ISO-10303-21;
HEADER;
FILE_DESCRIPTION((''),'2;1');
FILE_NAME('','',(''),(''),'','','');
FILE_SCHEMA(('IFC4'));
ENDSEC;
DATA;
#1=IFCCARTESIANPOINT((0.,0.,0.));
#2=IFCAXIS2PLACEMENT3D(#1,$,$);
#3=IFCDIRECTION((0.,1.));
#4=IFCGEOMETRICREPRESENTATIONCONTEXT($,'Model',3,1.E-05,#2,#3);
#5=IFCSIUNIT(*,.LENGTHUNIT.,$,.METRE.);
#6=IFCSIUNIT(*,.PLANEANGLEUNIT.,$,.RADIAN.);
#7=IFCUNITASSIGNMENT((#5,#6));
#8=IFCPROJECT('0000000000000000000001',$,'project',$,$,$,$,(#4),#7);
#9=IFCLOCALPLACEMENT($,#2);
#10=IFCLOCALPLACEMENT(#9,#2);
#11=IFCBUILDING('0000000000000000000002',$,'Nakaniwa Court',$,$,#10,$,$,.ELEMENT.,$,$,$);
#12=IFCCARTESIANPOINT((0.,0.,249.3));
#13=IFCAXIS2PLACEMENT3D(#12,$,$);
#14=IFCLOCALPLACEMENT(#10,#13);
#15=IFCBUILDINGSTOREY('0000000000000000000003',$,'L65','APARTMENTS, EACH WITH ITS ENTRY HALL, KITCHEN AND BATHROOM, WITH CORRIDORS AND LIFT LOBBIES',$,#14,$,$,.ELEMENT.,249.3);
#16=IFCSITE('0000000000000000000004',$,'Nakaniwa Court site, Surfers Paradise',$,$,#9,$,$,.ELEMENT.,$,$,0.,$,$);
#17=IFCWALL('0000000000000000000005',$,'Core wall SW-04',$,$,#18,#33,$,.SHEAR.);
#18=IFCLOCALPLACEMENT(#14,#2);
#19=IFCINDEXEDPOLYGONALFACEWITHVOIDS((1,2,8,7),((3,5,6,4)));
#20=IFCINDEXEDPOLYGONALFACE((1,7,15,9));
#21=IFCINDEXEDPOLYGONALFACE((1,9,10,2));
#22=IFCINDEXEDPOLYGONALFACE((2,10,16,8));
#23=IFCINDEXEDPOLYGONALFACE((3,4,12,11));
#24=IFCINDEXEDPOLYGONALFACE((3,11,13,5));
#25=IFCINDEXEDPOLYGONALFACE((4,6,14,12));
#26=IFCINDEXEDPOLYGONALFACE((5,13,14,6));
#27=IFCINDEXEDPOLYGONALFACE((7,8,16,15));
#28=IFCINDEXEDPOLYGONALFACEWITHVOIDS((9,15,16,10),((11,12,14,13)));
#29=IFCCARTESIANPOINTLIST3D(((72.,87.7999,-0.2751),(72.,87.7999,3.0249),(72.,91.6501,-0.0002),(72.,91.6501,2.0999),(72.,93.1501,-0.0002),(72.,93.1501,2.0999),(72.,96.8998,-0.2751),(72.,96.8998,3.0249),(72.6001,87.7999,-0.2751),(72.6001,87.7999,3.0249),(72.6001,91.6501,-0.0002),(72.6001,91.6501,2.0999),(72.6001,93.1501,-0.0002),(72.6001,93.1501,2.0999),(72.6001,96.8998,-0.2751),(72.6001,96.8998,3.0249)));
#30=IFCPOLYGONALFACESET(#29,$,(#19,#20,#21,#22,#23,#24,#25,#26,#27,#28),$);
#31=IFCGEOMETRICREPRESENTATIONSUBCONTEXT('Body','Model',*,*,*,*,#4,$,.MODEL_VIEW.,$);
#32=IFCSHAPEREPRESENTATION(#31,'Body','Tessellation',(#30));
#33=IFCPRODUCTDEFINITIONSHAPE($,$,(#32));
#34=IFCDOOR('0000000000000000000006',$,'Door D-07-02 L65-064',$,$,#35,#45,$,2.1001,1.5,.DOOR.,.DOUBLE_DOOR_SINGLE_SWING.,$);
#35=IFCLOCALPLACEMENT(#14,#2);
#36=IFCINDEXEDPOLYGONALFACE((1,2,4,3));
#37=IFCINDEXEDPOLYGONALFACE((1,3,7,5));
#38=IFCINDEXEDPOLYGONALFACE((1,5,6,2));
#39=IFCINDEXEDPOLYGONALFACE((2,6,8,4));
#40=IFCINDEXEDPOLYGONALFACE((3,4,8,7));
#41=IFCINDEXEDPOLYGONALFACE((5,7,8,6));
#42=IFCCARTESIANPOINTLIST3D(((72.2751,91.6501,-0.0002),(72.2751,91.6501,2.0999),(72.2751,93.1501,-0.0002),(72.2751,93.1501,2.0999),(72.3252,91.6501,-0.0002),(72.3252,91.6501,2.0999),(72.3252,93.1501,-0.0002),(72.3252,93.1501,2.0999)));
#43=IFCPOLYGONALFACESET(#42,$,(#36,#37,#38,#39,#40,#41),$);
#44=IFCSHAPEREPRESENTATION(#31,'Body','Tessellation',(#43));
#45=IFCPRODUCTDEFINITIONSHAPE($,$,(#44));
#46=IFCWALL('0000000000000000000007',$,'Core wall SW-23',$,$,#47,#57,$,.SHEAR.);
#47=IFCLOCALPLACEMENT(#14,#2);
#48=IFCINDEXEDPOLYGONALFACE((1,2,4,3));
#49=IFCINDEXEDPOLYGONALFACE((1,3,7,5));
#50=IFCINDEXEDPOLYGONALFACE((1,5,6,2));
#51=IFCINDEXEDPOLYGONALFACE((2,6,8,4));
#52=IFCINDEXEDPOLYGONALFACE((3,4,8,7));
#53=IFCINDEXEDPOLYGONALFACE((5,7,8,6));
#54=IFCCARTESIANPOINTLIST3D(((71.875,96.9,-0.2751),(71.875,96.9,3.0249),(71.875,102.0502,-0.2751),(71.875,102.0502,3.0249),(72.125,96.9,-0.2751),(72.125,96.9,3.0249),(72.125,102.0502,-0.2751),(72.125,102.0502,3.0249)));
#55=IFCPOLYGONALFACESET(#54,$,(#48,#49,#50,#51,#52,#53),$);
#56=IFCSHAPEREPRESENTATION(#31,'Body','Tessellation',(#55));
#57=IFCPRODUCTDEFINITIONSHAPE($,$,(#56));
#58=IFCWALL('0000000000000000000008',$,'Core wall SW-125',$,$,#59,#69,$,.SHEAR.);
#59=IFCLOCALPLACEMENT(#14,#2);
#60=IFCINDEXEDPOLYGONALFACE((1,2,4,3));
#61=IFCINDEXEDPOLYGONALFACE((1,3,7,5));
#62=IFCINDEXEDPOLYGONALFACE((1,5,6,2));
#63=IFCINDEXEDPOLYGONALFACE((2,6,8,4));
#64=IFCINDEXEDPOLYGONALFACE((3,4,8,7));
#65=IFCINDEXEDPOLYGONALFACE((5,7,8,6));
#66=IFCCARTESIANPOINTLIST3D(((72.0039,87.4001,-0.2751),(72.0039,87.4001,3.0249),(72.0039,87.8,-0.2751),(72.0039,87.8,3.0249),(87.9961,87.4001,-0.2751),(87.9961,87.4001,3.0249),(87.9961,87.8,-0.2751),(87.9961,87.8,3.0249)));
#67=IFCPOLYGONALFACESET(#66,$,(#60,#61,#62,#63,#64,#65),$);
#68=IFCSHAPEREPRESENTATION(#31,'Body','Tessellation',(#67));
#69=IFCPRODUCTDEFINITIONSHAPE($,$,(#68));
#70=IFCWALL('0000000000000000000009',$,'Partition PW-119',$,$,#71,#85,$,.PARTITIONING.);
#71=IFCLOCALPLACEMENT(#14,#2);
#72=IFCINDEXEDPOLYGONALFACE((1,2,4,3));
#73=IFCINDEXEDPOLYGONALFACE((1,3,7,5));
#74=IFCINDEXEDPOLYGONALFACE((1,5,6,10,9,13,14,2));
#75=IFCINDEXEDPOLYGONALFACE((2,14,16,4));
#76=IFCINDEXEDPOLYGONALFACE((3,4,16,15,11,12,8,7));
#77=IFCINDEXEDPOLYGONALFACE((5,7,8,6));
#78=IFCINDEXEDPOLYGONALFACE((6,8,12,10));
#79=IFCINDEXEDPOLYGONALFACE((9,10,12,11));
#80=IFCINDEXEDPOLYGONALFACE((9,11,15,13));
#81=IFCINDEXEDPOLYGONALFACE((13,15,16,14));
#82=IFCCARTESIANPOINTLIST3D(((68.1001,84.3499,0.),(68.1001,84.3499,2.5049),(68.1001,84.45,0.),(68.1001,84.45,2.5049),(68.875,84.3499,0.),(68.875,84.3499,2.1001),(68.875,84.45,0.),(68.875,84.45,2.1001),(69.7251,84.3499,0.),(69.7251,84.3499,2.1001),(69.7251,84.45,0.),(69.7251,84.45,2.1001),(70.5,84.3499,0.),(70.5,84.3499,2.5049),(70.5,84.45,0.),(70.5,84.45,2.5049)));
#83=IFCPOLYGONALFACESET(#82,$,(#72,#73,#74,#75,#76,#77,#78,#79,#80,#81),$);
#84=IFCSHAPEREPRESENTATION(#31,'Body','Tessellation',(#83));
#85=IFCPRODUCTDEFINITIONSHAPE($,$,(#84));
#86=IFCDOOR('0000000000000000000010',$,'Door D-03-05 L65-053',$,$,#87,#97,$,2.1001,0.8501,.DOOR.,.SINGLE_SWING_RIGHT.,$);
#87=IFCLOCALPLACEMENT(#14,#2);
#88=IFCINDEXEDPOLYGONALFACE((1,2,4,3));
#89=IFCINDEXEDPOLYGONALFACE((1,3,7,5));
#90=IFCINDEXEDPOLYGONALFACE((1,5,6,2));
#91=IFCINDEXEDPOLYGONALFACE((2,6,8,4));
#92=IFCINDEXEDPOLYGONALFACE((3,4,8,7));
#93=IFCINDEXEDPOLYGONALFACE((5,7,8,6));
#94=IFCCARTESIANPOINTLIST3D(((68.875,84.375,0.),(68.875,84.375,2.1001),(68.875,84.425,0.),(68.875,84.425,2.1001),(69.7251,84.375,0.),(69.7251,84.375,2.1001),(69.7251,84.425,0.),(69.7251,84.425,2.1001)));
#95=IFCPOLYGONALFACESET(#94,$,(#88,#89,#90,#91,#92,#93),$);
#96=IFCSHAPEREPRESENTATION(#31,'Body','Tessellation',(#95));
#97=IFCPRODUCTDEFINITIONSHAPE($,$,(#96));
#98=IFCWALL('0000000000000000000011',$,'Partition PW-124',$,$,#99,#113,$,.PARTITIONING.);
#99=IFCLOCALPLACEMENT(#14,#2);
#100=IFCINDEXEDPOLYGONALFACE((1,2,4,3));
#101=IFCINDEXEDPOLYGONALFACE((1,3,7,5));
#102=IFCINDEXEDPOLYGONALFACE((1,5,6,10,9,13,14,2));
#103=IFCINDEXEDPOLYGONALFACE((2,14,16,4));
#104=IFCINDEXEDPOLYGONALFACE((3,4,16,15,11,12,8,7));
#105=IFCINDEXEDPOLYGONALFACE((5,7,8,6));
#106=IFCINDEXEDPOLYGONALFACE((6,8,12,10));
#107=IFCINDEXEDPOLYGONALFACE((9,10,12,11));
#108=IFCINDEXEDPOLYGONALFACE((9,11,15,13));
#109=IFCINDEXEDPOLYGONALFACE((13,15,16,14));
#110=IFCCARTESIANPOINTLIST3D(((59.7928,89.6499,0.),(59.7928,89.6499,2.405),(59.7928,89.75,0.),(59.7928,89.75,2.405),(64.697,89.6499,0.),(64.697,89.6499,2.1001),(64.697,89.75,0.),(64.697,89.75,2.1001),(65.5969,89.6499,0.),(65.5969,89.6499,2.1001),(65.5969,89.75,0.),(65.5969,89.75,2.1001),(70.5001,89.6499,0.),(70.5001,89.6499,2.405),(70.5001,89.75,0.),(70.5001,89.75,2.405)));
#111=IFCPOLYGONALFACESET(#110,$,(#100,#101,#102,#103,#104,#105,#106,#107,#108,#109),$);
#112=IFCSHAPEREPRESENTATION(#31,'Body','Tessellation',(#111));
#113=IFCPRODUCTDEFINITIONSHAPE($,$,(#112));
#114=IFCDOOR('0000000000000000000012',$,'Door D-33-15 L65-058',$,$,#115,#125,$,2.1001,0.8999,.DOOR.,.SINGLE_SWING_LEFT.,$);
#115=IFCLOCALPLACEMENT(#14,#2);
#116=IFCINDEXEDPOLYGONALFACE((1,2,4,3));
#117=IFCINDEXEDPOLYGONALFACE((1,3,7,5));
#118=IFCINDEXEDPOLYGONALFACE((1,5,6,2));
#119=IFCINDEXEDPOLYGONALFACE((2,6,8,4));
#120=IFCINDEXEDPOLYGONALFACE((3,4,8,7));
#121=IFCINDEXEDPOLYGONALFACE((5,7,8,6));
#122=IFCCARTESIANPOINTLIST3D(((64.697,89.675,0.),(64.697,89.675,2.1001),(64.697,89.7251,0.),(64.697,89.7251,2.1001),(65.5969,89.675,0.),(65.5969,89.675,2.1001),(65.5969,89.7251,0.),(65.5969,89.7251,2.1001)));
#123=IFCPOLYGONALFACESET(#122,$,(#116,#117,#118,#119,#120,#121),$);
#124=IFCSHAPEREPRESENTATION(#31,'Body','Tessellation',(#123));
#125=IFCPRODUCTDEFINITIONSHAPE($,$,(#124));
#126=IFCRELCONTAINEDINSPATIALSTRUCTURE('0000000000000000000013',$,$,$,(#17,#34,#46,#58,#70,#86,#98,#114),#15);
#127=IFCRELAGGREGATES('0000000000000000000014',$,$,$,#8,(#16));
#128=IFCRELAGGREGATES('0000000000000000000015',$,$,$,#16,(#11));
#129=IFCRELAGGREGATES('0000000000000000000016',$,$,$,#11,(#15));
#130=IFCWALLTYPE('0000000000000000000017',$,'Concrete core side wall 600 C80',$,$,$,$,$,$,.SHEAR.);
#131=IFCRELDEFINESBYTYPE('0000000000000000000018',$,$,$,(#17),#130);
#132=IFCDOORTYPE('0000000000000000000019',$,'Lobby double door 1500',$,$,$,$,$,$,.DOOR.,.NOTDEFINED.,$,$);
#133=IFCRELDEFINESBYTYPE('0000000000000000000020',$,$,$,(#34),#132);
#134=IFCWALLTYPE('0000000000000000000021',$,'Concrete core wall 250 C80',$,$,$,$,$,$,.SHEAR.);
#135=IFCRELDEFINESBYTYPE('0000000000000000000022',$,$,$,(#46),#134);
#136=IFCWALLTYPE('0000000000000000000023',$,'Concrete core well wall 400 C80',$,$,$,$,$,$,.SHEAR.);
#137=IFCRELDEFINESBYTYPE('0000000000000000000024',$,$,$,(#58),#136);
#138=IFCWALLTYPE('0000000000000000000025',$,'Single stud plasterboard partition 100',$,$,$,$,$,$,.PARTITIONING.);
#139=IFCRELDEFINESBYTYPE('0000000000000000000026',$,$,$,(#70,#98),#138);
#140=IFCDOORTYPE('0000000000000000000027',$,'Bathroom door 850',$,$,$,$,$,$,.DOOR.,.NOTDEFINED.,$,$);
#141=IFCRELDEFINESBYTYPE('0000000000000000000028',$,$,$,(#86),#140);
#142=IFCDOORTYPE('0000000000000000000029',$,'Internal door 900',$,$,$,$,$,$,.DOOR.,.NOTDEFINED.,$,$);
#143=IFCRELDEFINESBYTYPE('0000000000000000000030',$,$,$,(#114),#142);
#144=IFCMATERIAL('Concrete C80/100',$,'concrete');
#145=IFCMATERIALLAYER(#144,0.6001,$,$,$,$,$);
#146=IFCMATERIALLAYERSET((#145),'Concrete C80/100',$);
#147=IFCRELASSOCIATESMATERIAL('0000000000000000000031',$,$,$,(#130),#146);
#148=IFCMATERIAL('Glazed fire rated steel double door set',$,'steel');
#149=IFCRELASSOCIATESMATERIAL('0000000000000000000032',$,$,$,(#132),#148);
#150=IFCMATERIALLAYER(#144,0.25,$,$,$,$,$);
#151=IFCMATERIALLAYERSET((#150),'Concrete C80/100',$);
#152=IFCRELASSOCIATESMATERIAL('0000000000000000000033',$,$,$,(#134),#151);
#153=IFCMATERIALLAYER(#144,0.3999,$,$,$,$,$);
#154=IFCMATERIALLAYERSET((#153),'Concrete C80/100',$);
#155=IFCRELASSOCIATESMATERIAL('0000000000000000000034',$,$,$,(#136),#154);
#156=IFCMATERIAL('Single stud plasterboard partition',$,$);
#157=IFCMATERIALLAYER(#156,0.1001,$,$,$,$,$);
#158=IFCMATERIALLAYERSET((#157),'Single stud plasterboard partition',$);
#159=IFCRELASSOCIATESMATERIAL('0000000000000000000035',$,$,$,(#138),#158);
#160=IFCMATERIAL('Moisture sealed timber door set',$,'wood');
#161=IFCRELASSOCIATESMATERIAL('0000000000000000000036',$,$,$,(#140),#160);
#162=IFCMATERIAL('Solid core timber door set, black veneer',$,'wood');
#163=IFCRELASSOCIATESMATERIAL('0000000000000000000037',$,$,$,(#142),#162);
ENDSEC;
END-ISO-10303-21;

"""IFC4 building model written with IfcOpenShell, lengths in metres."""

from ifc_helpers import new_model, si_unit, direction, frame, frame_2d, origin, place, context, subcontext, project, spatial, rectangle, extrude, material, layer, layer_set, type_object, element, fill, save


model = new_model("IFC4")

# Units and contexts
model_context = context("Model", 3, precision=1e-05, world=origin(), true_north=direction((0.0, 1.0)))
body_context = subcontext(model_context, "Body", "Model", "MODEL_VIEW")
ifc_project = project(units=[si_unit("LENGTHUNIT", "METRE"), si_unit("PLANEANGLEUNIT", "RADIAN")], contexts=[model_context])

# Site, building, storey
site_placement = place(None, origin())
site = spatial("IfcSite", under=ifc_project, at=site_placement, Name="Nakaniwa Court site, Surfers Paradise", CompositionType="ELEMENT", RefElevation=0.0)
building_placement = place(site_placement, origin())
building = spatial("IfcBuilding", under=site, at=building_placement, Name="Nakaniwa Court", CompositionType="ELEMENT")
storey_placement = place(building_placement, frame((0.0, 0.0, 249.3)))
storey = spatial("IfcBuildingStorey", under=building, at=storey_placement, Name="L65", Description="APARTMENTS, EACH WITH ITS ENTRY HALL, KITCHEN AND BATHROOM, WITH CORRIDORS AND LIFT LOBBIES", CompositionType="ELEMENT", Elevation=249.3)

# Shared definitions
ifc_material_1 = material(Name="Concrete C80/100", Category="concrete")

# Shared definitions
ifc_material_2 = material(Name="Solid core timber door set, black veneer", Category="wood")

# Wall, opening, door
ifc_layer_1 = layer(ifc_material_1, 0.6001)
ifc_layer_set_1 = layer_set([ifc_layer_1], Name="Concrete C80/100")
wall_type_1 = type_object("IfcWallType", Name="Concrete core side wall 600 C80", PredefinedType="SHEAR", material=ifc_layer_set_1)
wall_1_placement = place(storey_placement, frame((72.3, 87.8, -0.2751), z_axis=(0.0, 0.0, 1.0), x_axis=(0.0, 1.0, 0.0)))
wall_1 = element("IfcWall", 1, at=wall_1_placement, inside=storey, type_object=wall_type_1, Name="Core wall SW-04", PredefinedType="SHEAR", context=body_context, shape_type="SweptSolid", body=[
    extrude(rectangle(XDim=9.0999, YDim=0.6001, at=frame_2d((4.5498, 0.0))), origin(), (0.0, 0.0, 1.0), 3.3),
])
opening_1_placement = place(wall_1_placement, frame((3.8501, 0.0, 0.2749)))
opening_1 = element("IfcOpeningElement", 2, at=opening_1_placement, cuts=wall_1, PredefinedType="OPENING", context=body_context, shape_type="SweptSolid", body=[
    extrude(rectangle(XDim=1.5, YDim=2.1001, at=frame_2d((0.75, 1.05))), frame((0.0, 0.3101, 0.0), z_axis=(0.0, -1.0, 0.0), x_axis=(1.0, 0.0, 0.0)), (0.0, 0.0, 1.0), 0.6201),
])
ifc_material_3 = material(Name="Glazed fire rated steel double door set", Category="steel")
door_type_1 = type_object("IfcDoorType", Name="Lobby double door 1500", OperationType="NOTDEFINED", PredefinedType="DOOR", material=ifc_material_3)
door_1_placement = place(opening_1_placement, origin())
door_1 = element("IfcDoor", 3, at=door_1_placement, inside=storey, type_object=door_type_1, Name="Door D-07-02 L65-064", OperationType="DOUBLE_DOOR_SINGLE_SWING", OverallHeight=2.1001, OverallWidth=1.5, PredefinedType="DOOR", context=body_context, shape_type="SweptSolid", body=[
    extrude(rectangle(XDim=1.5, YDim=2.1001, at=frame_2d((0.75, 1.05))), frame((0.0, 0.0249, 0.0), z_axis=(0.0, -1.0, 0.0), x_axis=(1.0, 0.0, 0.0)), (0.0, 0.0, 1.0), 0.05),
])
fill(opening_1, door_1)

# Walls
ifc_layer_2 = layer(ifc_material_1, 0.25)
ifc_layer_set_2 = layer_set([ifc_layer_2], Name="Concrete C80/100")
wall_type_2 = type_object("IfcWallType", Name="Concrete core wall 250 C80", PredefinedType="SHEAR", material=ifc_layer_set_2)
wall_2_placement = place(storey_placement, frame((72.0, 96.8999, -0.2751), z_axis=(0.0, 0.0, 1.0), x_axis=(0.0, 1.0, 0.0)))
element("IfcWall", 4, at=wall_2_placement, inside=storey, type_object=wall_type_2, Name="Core wall SW-23", PredefinedType="SHEAR", context=body_context, shape_type="SweptSolid", body=[
    extrude(rectangle(XDim=5.1501, YDim=0.25, at=frame_2d((2.5752, 0.0))), origin(), (0.0, 0.0, 1.0), 3.3),
])
ifc_layer_3 = layer(ifc_material_1, 0.3999)
ifc_layer_set_3 = layer_set([ifc_layer_3], Name="Concrete C80/100")
wall_type_3 = type_object("IfcWallType", Name="Concrete core well wall 400 C80", PredefinedType="SHEAR", material=ifc_layer_set_3)
wall_3_placement = place(storey_placement, frame((72.0039, 87.6001, -0.2751), z_axis=(0.0, 0.0, 1.0), x_axis=(1.0, 0.0, 0.0)))
element("IfcWall", 5, at=wall_3_placement, inside=storey, type_object=wall_type_3, Name="Core wall SW-125", PredefinedType="SHEAR", context=body_context, shape_type="SweptSolid", body=[
    extrude(rectangle(XDim=15.9922, YDim=0.3999, at=frame_2d((7.9961, 0.0))), origin(), (0.0, 0.0, 1.0), 3.3),
])

# Walls, openings, doors
ifc_material_4 = material(Name="Single stud plasterboard partition")
ifc_layer_4 = layer(ifc_material_4, 0.1001)
ifc_layer_set_4 = layer_set([ifc_layer_4], Name="Single stud plasterboard partition")
wall_type_4 = type_object("IfcWallType", Name="Single stud plasterboard partition 100", PredefinedType="PARTITIONING", material=ifc_layer_set_4)
wall_4_placement = place(storey_placement, frame((70.5, 84.3999, 0.0), z_axis=(0.0, 0.0, 1.0), x_axis=(-1.0, 0.0, 0.0)))
wall_4 = element("IfcWall", 6, at=wall_4_placement, inside=storey, type_object=wall_type_4, Name="Partition PW-119", PredefinedType="PARTITIONING", context=body_context, shape_type="SweptSolid", body=[
    extrude(rectangle(XDim=2.3999, YDim=0.1001, at=frame_2d((1.2, 0.0))), origin(), (0.0, 0.0, 1.0), 2.5049),
])
opening_2_placement = place(wall_4_placement, frame((0.7749, 0.0, 0.0)))
opening_2 = element("IfcOpeningElement", 7, at=opening_2_placement, cuts=wall_4, PredefinedType="OPENING", context=body_context, shape_type="SweptSolid", body=[
    extrude(rectangle(XDim=0.8501, YDim=2.1001, at=frame_2d((0.425, 1.05))), frame((0.0, 0.0601, 0.0), z_axis=(0.0, -1.0, 0.0), x_axis=(1.0, 0.0, 0.0)), (0.0, 0.0, 1.0), 0.1201),
])
ifc_material_5 = material(Name="Moisture sealed timber door set", Category="wood")
door_type_2 = type_object("IfcDoorType", Name="Bathroom door 850", OperationType="NOTDEFINED", PredefinedType="DOOR", material=ifc_material_5)
door_2_placement = place(opening_2_placement, origin())
door_2 = element("IfcDoor", 8, at=door_2_placement, inside=storey, type_object=door_type_2, Name="Door D-03-05 L65-053", OperationType="SINGLE_SWING_RIGHT", OverallHeight=2.1001, OverallWidth=0.8501, PredefinedType="DOOR", context=body_context, shape_type="SweptSolid", body=[
    extrude(rectangle(XDim=0.8501, YDim=2.1001, at=frame_2d((0.425, 1.05))), frame((0.0, 0.0249, 0.0), z_axis=(0.0, -1.0, 0.0), x_axis=(1.0, 0.0, 0.0)), (0.0, 0.0, 1.0), 0.05),
])
fill(opening_2, door_2)
wall_5_placement = place(storey_placement, frame((70.5, 89.7, 0.0), z_axis=(0.0, 0.0, 1.0), x_axis=(-1.0, 0.0, 0.0)))
wall_5 = element("IfcWall", 9, at=wall_5_placement, inside=storey, type_object=wall_type_4, Name="Partition PW-124", PredefinedType="PARTITIONING", context=body_context, shape_type="SweptSolid", body=[
    extrude(rectangle(XDim=10.7073, YDim=0.1001, at=frame_2d((5.3535, 0.0))), origin(), (0.0, 0.0, 1.0), 2.405),
])
opening_3_placement = place(wall_5_placement, frame((4.9031, 0.0, 0.0)))
opening_3 = element("IfcOpeningElement", 10, at=opening_3_placement, cuts=wall_5, PredefinedType="OPENING", context=body_context, shape_type="SweptSolid", body=[
    extrude(rectangle(XDim=0.8999, YDim=2.1001, at=frame_2d((0.45, 1.05))), frame((0.0, 0.0601, 0.0), z_axis=(0.0, -1.0, 0.0), x_axis=(1.0, 0.0, 0.0)), (0.0, 0.0, 1.0), 0.1201),
])
door_type_3 = type_object("IfcDoorType", Name="Internal door 900", OperationType="NOTDEFINED", PredefinedType="DOOR", material=ifc_material_2)
door_3_placement = place(opening_3_placement, origin())
door_3 = element("IfcDoor", 11, at=door_3_placement, inside=storey, type_object=door_type_3, Name="Door D-33-15 L65-058", OperationType="SINGLE_SWING_LEFT", OverallHeight=2.1001, OverallWidth=0.8999, PredefinedType="DOOR", context=body_context, shape_type="SweptSolid", body=[
    extrude(rectangle(XDim=0.8999, YDim=2.1001, at=frame_2d((0.45, 1.05))), frame((0.0, 0.0249, 0.0), z_axis=(0.0, -1.0, 0.0), x_axis=(1.0, 0.0, 0.0)), (0.0, 0.0, 1.0), 0.05),
])
fill(opening_3, door_3)

save(model, "model.ifc")
